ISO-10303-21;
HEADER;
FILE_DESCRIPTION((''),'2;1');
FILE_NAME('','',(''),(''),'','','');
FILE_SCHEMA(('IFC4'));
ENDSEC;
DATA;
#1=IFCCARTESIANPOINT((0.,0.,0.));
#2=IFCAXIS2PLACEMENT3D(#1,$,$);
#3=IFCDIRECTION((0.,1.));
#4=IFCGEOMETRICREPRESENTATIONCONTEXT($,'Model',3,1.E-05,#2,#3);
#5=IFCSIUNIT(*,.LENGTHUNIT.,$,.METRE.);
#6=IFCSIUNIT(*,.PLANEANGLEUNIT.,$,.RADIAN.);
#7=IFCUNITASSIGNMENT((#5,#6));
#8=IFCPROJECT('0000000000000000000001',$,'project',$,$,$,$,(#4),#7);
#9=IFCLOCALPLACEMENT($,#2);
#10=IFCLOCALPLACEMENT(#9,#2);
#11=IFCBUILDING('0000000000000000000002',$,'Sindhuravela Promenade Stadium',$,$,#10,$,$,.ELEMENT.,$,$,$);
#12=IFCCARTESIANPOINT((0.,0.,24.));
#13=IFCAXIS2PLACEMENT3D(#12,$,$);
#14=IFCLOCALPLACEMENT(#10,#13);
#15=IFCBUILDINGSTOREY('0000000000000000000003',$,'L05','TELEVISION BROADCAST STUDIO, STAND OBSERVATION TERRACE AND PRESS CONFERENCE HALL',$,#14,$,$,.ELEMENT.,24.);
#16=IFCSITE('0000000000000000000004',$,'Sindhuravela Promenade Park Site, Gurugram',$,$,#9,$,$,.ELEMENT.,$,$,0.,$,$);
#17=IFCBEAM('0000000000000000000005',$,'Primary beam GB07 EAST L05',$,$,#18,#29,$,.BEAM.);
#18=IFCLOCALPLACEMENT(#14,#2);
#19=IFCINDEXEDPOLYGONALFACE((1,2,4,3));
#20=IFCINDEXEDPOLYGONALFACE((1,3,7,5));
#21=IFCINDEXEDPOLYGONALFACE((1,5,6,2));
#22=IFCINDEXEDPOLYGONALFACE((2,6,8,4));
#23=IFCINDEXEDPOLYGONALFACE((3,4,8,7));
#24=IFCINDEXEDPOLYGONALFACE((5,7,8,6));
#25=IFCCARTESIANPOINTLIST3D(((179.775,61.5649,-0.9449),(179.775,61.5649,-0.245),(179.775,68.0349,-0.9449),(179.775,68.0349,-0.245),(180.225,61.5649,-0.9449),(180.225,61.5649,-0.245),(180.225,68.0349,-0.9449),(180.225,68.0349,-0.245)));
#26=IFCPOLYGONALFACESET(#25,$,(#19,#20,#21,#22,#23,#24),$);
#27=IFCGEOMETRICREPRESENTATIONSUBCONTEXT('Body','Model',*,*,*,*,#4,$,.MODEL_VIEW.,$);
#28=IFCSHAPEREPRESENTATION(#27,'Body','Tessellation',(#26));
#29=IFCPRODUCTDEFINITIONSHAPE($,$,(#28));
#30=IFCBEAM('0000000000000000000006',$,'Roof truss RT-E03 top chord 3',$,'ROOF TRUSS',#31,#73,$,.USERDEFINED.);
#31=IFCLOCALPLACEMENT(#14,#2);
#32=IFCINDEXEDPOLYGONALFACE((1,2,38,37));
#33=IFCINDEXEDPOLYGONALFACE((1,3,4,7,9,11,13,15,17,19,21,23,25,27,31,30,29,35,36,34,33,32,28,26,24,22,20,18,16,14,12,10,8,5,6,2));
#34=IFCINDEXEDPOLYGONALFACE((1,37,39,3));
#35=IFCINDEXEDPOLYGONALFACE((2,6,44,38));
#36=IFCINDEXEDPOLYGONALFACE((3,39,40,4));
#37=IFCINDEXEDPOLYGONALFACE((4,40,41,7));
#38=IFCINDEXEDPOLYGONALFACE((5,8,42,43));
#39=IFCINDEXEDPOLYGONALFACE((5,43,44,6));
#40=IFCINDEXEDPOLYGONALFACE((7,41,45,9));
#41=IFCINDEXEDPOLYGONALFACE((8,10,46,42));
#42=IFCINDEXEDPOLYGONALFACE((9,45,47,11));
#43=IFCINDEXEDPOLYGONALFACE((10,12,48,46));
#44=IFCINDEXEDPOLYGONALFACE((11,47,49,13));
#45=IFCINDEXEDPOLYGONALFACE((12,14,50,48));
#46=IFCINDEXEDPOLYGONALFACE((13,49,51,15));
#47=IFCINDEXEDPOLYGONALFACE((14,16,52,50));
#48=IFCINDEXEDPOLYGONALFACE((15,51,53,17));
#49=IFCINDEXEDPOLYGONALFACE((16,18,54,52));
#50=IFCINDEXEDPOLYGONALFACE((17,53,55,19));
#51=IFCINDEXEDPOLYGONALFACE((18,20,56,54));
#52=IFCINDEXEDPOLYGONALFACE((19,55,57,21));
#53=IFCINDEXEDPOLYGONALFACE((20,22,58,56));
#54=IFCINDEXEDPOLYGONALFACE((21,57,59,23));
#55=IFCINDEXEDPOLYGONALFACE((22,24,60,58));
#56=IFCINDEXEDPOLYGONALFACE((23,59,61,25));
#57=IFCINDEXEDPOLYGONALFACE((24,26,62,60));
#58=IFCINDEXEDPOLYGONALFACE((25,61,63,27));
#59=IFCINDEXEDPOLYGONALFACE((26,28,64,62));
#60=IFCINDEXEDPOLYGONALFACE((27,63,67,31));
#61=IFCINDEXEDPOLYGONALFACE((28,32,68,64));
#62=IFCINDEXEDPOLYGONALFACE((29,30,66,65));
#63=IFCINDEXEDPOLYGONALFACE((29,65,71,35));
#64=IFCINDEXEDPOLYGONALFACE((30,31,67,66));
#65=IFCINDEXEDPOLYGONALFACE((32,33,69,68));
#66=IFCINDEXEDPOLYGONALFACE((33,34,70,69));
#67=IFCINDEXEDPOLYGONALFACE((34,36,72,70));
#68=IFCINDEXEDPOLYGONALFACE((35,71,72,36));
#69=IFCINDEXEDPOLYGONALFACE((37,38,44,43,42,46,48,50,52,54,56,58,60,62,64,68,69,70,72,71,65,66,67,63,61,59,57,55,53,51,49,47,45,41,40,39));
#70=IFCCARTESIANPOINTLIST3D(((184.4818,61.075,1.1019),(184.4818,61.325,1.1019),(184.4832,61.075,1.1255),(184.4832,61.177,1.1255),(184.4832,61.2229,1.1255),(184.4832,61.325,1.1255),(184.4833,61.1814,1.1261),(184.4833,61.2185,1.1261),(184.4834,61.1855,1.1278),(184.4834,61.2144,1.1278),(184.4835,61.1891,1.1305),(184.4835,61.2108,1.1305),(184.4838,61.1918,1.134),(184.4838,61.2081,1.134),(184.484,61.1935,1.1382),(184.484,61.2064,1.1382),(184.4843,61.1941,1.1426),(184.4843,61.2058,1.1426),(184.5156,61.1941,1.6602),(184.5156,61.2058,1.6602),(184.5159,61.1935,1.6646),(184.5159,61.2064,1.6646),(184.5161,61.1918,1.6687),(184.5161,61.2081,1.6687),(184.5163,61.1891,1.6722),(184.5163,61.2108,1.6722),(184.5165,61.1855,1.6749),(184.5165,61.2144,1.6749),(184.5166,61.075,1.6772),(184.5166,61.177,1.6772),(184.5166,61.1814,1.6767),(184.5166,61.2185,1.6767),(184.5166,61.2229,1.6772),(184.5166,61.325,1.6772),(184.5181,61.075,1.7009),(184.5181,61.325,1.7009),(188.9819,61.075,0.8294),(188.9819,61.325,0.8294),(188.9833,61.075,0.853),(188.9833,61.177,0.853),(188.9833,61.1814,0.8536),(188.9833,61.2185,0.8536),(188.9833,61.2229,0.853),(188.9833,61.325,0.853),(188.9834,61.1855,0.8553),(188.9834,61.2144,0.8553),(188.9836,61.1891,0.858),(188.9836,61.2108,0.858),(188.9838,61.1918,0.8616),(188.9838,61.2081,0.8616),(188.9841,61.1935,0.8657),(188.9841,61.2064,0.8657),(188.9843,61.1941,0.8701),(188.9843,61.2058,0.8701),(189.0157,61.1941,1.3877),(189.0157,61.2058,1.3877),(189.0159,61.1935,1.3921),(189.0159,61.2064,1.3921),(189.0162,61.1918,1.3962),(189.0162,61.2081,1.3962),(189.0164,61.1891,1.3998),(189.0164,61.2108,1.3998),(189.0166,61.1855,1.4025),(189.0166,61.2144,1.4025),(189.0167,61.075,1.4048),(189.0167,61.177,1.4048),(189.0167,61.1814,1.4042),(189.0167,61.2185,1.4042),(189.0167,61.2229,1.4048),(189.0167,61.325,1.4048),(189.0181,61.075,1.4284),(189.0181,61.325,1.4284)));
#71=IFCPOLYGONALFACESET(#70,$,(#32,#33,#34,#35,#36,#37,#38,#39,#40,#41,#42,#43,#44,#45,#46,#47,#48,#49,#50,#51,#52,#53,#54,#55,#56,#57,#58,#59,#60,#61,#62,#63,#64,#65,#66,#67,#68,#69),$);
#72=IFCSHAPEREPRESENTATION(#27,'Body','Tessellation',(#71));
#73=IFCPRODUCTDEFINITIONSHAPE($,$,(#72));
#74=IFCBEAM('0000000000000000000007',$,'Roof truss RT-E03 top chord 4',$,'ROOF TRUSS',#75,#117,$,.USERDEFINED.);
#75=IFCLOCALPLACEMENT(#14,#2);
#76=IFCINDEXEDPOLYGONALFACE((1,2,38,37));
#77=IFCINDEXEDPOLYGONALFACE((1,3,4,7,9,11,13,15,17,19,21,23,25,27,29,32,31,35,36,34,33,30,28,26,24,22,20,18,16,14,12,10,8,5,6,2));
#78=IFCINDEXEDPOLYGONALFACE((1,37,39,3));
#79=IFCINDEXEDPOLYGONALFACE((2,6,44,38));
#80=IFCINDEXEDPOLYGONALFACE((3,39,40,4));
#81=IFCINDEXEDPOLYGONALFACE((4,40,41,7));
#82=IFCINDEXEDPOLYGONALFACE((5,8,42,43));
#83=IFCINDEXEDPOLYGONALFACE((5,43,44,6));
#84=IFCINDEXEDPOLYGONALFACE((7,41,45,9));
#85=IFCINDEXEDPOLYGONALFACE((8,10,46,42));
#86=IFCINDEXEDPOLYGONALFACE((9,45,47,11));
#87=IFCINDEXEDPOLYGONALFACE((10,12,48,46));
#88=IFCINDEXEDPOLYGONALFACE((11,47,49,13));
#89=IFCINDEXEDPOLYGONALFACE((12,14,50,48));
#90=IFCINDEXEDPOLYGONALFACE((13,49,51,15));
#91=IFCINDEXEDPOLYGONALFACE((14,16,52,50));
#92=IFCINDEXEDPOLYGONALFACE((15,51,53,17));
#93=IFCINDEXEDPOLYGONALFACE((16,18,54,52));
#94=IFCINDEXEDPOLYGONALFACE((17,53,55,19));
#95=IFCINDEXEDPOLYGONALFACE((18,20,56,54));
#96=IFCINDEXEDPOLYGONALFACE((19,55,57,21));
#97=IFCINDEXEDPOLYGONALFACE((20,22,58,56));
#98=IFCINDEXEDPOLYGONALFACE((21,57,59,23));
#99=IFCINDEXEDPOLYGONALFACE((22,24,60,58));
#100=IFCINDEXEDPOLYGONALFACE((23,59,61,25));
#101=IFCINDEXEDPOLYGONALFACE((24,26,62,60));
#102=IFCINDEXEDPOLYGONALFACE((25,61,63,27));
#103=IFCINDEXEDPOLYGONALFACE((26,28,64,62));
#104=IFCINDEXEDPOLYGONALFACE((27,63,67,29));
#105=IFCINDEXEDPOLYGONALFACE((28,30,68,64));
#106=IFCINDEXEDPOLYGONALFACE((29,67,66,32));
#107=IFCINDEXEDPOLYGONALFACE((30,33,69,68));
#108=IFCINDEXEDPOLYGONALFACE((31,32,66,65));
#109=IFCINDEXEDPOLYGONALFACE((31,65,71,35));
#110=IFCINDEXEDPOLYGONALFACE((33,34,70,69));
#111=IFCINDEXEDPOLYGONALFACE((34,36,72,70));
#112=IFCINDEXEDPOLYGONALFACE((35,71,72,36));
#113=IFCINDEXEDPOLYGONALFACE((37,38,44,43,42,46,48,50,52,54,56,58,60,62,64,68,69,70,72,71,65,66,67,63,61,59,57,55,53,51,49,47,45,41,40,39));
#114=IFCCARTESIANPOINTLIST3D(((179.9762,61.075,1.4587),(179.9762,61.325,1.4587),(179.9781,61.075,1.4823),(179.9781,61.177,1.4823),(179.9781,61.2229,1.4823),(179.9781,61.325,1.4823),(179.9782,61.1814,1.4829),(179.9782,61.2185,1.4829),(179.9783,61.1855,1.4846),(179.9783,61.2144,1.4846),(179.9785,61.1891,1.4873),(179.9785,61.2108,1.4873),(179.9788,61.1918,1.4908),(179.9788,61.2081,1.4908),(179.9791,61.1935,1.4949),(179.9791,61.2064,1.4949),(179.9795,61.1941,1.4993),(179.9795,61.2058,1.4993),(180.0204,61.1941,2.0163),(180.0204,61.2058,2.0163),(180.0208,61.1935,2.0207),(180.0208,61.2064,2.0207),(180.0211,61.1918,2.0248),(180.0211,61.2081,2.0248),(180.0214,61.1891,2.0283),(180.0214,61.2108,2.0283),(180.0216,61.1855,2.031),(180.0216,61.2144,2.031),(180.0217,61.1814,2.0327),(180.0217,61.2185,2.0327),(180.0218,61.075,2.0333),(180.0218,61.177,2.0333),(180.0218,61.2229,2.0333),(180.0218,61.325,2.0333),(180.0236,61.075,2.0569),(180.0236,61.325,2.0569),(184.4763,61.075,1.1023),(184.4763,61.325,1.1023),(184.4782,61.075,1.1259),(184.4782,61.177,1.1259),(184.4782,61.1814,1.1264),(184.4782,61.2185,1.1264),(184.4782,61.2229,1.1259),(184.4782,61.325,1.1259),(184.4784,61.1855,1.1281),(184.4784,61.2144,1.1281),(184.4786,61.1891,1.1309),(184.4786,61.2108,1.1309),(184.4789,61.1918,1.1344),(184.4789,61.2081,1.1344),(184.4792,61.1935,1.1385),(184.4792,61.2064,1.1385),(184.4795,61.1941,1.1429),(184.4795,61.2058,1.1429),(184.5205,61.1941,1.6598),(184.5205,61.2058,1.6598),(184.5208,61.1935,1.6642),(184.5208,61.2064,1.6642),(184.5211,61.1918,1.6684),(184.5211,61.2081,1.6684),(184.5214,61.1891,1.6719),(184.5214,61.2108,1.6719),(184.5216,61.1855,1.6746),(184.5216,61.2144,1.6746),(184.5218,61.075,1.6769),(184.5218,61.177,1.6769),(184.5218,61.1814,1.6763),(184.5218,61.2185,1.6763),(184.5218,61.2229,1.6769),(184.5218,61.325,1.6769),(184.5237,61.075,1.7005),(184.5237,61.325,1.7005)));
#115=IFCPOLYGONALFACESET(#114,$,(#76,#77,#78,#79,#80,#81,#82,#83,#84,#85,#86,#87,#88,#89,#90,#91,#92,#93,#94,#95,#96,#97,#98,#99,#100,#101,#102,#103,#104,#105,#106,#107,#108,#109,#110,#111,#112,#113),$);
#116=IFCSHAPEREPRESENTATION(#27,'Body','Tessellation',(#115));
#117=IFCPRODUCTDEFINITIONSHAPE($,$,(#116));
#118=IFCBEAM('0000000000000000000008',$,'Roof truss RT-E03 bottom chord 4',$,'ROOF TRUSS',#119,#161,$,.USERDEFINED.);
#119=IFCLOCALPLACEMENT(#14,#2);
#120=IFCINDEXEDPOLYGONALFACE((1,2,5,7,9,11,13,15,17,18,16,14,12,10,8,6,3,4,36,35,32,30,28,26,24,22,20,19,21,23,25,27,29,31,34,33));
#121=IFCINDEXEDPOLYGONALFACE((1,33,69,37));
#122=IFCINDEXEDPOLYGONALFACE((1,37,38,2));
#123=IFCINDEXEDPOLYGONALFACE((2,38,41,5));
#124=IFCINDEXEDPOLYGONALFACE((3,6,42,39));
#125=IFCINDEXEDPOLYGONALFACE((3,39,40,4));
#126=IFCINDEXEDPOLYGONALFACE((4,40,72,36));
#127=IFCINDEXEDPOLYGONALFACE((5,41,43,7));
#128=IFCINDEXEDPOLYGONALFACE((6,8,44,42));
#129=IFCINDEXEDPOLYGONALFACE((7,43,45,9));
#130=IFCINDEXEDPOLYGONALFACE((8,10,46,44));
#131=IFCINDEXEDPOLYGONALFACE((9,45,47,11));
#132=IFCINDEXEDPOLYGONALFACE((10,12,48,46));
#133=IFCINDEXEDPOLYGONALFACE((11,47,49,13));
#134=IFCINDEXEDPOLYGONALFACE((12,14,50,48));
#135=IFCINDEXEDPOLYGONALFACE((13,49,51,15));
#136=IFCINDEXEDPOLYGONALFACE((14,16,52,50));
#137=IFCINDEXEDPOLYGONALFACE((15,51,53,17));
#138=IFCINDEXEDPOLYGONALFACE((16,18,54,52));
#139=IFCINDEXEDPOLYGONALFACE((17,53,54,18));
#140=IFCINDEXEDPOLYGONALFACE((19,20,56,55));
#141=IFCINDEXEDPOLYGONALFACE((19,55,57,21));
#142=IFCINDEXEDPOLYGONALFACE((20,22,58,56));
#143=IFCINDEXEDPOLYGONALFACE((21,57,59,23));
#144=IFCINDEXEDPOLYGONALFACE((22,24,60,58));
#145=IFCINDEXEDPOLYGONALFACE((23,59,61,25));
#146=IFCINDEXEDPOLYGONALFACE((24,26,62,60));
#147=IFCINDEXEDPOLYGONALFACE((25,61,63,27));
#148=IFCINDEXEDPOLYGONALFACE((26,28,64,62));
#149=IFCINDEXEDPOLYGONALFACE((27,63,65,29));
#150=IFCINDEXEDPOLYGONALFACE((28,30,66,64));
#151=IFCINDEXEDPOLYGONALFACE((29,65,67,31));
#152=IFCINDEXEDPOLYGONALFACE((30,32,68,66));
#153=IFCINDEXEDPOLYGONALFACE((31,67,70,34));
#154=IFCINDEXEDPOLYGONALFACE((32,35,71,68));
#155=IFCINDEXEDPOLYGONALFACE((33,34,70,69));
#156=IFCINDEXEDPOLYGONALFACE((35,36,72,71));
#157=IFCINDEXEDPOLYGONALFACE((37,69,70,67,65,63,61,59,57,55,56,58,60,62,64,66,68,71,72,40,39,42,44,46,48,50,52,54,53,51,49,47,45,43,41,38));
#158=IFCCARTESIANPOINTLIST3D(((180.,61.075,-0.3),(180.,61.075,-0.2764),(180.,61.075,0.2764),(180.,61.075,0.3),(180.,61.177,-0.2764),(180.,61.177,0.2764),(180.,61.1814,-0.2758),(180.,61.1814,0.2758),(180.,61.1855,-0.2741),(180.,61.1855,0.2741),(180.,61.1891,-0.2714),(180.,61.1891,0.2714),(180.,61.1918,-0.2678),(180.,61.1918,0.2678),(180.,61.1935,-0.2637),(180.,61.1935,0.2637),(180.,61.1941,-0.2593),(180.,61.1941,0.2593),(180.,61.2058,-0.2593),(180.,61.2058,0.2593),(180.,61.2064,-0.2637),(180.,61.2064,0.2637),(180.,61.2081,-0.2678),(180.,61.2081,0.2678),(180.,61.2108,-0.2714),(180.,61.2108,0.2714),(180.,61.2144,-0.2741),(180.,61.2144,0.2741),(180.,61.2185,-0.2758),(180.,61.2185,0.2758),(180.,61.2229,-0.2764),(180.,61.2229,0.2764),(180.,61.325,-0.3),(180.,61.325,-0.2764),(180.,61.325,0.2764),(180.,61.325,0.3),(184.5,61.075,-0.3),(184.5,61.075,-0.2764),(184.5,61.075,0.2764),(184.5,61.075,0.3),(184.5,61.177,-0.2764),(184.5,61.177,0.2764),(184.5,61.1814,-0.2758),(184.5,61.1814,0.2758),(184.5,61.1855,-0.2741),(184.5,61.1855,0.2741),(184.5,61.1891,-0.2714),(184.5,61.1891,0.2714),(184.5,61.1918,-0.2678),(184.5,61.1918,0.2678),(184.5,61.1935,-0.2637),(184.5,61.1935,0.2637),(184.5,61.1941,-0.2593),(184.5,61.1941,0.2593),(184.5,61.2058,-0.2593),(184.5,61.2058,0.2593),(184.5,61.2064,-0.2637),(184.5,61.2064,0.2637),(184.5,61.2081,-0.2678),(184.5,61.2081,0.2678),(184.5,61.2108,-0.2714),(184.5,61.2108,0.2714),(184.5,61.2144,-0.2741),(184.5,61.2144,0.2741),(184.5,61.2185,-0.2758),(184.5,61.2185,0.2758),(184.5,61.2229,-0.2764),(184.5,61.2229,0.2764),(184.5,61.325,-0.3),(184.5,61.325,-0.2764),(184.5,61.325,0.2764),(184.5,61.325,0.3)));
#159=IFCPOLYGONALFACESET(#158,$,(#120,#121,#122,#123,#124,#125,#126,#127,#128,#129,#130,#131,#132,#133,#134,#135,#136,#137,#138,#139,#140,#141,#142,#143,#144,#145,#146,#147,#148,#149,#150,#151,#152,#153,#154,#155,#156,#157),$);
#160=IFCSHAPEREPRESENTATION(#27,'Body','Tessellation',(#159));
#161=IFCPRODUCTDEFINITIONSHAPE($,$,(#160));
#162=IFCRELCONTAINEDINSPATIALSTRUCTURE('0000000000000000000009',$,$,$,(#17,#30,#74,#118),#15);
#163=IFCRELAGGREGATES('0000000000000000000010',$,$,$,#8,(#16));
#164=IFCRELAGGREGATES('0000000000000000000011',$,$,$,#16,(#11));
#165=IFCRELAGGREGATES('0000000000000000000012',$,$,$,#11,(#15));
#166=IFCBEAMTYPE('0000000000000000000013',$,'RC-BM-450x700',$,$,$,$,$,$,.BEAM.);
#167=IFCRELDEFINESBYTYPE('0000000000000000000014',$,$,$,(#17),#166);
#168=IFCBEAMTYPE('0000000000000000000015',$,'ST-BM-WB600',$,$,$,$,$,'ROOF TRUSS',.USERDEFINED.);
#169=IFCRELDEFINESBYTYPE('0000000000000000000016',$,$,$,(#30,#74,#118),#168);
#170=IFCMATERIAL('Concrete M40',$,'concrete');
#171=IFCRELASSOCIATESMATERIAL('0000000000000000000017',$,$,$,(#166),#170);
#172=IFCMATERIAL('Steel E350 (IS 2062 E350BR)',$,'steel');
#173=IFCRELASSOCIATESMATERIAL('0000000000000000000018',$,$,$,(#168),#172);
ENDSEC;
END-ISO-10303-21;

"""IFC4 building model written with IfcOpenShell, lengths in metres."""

from ifc_helpers import new_model, si_unit, direction, frame, origin, origin_2d, place, context, subcontext, project, spatial, rectangle, i_section, extrude, material, material_profile, profile_set, type_object, element, save


model = new_model("IFC4")

# Units and contexts
model_context = context("Model", 3, precision=1e-05, world=origin(), true_north=direction((0.0, 1.0)))
body_context = subcontext(model_context, "Body", "Model", "MODEL_VIEW")
ifc_project = project(units=[si_unit("LENGTHUNIT", "METRE"), si_unit("PLANEANGLEUNIT", "RADIAN")], contexts=[model_context])

# Site, building, storey
site_placement = place(None, origin())
site = spatial("IfcSite", under=ifc_project, at=site_placement, Name="Sindhuravela Promenade Park Site, Gurugram", CompositionType="ELEMENT", RefElevation=0.0)
building_placement = place(site_placement, origin())
building = spatial("IfcBuilding", under=site, at=building_placement, Name="Sindhuravela Promenade Stadium", CompositionType="ELEMENT")
storey_placement = place(building_placement, frame((0.0, 0.0, 24.0)))
storey = spatial("IfcBuildingStorey", under=building, at=storey_placement, Name="L05", Description="TELEVISION BROADCAST STUDIO, STAND OBSERVATION TERRACE AND PRESS CONFERENCE HALL", CompositionType="ELEMENT", Elevation=24.0)

# Beams
ifc_material_1 = material(Name="Concrete M40", Category="concrete")
ifc_material_profile_1 = material_profile(ifc_material_1, rectangle(XDim=0.45, YDim=0.7, at=origin_2d()), Name="RC 450x700")
ifc_profile_set_1 = profile_set([ifc_material_profile_1], Name="Concrete M40")
beam_type_1 = type_object("IfcBeamType", Name="RC-BM-450x700", PredefinedType="BEAM", material=ifc_profile_set_1)
beam_1_placement = place(storey_placement, frame((180.0, 61.5649, -0.595), z_axis=(0.0, 1.0, 0.0), x_axis=(-1.0, 0.0, 0.0)))
element("IfcBeam", 1, at=beam_1_placement, inside=storey, type_object=beam_type_1, Name="Primary beam GB07 EAST L05", PredefinedType="BEAM", context=body_context, shape_type="SweptSolid", body=[
    extrude(rectangle(XDim=0.45, YDim=0.7, at=origin_2d()), origin(), (0.0, 0.0, 1.0), 6.47),
])
ifc_material_2 = material(Name="Steel E350 (IS 2062 E350BR)", Category="steel")
ifc_material_profile_2 = material_profile(ifc_material_2, i_section(OverallWidth=0.25, OverallDepth=0.6001, WebThickness=0.0117, FlangeThickness=0.0237, FilletRadius=0.0171, at=origin_2d()), Name="ISWB 600")
ifc_profile_set_2 = profile_set([ifc_material_profile_2], Name="Steel E350 (IS 2062 E350BR)")
beam_type_2 = type_object("IfcBeamType", Name="ST-BM-WB600", ElementType="ROOF TRUSS", PredefinedType="USERDEFINED", material=ifc_profile_set_2)
beam_2_placement = place(storey_placement, frame((189.0, 61.2, 1.1289), z_axis=(-0.998172, 0.0, 0.060436), x_axis=(0.0, -1.0, 0.0)))
element("IfcBeam", 2, at=beam_2_placement, inside=storey, type_object=beam_type_2, Name="Roof truss RT-E03 top chord 3", ObjectType="ROOF TRUSS", PredefinedType="USERDEFINED", context=body_context, shape_type="SweptSolid", body=[
    extrude(i_section(OverallWidth=0.25, OverallDepth=0.6001, WebThickness=0.0117, FlangeThickness=0.0237, FilletRadius=0.0171, at=origin_2d()), origin(), (0.0, 0.0, 1.0), 4.5083),
])
beam_3_placement = place(storey_placement, frame((184.5, 61.2, 1.4014), z_axis=(-0.996878, 0.0, 0.078963), x_axis=(0.0, -1.0, 0.0)))
element("IfcBeam", 3, at=beam_3_placement, inside=storey, type_object=beam_type_2, Name="Roof truss RT-E03 top chord 4", ObjectType="ROOF TRUSS", PredefinedType="USERDEFINED", context=body_context, shape_type="SweptSolid", body=[
    extrude(i_section(OverallWidth=0.25, OverallDepth=0.6001, WebThickness=0.0117, FlangeThickness=0.0237, FilletRadius=0.0171, at=origin_2d()), origin(), (0.0, 0.0, 1.0), 4.5142),
])
beam_4_placement = place(storey_placement, frame((184.5, 61.2, 0.0), z_axis=(-1.0, 0.0, 0.0), x_axis=(0.0, -1.0, 0.0)))
element("IfcBeam", 4, at=beam_4_placement, inside=storey, type_object=beam_type_2, Name="Roof truss RT-E03 bottom chord 4", ObjectType="ROOF TRUSS", PredefinedType="USERDEFINED", context=body_context, shape_type="SweptSolid", body=[
    extrude(i_section(OverallWidth=0.25, OverallDepth=0.6001, WebThickness=0.0117, FlangeThickness=0.0237, FilletRadius=0.0171, at=origin_2d()), origin(), (0.0, 0.0, 1.0), 4.5),
])

save(model, "model.ifc")
